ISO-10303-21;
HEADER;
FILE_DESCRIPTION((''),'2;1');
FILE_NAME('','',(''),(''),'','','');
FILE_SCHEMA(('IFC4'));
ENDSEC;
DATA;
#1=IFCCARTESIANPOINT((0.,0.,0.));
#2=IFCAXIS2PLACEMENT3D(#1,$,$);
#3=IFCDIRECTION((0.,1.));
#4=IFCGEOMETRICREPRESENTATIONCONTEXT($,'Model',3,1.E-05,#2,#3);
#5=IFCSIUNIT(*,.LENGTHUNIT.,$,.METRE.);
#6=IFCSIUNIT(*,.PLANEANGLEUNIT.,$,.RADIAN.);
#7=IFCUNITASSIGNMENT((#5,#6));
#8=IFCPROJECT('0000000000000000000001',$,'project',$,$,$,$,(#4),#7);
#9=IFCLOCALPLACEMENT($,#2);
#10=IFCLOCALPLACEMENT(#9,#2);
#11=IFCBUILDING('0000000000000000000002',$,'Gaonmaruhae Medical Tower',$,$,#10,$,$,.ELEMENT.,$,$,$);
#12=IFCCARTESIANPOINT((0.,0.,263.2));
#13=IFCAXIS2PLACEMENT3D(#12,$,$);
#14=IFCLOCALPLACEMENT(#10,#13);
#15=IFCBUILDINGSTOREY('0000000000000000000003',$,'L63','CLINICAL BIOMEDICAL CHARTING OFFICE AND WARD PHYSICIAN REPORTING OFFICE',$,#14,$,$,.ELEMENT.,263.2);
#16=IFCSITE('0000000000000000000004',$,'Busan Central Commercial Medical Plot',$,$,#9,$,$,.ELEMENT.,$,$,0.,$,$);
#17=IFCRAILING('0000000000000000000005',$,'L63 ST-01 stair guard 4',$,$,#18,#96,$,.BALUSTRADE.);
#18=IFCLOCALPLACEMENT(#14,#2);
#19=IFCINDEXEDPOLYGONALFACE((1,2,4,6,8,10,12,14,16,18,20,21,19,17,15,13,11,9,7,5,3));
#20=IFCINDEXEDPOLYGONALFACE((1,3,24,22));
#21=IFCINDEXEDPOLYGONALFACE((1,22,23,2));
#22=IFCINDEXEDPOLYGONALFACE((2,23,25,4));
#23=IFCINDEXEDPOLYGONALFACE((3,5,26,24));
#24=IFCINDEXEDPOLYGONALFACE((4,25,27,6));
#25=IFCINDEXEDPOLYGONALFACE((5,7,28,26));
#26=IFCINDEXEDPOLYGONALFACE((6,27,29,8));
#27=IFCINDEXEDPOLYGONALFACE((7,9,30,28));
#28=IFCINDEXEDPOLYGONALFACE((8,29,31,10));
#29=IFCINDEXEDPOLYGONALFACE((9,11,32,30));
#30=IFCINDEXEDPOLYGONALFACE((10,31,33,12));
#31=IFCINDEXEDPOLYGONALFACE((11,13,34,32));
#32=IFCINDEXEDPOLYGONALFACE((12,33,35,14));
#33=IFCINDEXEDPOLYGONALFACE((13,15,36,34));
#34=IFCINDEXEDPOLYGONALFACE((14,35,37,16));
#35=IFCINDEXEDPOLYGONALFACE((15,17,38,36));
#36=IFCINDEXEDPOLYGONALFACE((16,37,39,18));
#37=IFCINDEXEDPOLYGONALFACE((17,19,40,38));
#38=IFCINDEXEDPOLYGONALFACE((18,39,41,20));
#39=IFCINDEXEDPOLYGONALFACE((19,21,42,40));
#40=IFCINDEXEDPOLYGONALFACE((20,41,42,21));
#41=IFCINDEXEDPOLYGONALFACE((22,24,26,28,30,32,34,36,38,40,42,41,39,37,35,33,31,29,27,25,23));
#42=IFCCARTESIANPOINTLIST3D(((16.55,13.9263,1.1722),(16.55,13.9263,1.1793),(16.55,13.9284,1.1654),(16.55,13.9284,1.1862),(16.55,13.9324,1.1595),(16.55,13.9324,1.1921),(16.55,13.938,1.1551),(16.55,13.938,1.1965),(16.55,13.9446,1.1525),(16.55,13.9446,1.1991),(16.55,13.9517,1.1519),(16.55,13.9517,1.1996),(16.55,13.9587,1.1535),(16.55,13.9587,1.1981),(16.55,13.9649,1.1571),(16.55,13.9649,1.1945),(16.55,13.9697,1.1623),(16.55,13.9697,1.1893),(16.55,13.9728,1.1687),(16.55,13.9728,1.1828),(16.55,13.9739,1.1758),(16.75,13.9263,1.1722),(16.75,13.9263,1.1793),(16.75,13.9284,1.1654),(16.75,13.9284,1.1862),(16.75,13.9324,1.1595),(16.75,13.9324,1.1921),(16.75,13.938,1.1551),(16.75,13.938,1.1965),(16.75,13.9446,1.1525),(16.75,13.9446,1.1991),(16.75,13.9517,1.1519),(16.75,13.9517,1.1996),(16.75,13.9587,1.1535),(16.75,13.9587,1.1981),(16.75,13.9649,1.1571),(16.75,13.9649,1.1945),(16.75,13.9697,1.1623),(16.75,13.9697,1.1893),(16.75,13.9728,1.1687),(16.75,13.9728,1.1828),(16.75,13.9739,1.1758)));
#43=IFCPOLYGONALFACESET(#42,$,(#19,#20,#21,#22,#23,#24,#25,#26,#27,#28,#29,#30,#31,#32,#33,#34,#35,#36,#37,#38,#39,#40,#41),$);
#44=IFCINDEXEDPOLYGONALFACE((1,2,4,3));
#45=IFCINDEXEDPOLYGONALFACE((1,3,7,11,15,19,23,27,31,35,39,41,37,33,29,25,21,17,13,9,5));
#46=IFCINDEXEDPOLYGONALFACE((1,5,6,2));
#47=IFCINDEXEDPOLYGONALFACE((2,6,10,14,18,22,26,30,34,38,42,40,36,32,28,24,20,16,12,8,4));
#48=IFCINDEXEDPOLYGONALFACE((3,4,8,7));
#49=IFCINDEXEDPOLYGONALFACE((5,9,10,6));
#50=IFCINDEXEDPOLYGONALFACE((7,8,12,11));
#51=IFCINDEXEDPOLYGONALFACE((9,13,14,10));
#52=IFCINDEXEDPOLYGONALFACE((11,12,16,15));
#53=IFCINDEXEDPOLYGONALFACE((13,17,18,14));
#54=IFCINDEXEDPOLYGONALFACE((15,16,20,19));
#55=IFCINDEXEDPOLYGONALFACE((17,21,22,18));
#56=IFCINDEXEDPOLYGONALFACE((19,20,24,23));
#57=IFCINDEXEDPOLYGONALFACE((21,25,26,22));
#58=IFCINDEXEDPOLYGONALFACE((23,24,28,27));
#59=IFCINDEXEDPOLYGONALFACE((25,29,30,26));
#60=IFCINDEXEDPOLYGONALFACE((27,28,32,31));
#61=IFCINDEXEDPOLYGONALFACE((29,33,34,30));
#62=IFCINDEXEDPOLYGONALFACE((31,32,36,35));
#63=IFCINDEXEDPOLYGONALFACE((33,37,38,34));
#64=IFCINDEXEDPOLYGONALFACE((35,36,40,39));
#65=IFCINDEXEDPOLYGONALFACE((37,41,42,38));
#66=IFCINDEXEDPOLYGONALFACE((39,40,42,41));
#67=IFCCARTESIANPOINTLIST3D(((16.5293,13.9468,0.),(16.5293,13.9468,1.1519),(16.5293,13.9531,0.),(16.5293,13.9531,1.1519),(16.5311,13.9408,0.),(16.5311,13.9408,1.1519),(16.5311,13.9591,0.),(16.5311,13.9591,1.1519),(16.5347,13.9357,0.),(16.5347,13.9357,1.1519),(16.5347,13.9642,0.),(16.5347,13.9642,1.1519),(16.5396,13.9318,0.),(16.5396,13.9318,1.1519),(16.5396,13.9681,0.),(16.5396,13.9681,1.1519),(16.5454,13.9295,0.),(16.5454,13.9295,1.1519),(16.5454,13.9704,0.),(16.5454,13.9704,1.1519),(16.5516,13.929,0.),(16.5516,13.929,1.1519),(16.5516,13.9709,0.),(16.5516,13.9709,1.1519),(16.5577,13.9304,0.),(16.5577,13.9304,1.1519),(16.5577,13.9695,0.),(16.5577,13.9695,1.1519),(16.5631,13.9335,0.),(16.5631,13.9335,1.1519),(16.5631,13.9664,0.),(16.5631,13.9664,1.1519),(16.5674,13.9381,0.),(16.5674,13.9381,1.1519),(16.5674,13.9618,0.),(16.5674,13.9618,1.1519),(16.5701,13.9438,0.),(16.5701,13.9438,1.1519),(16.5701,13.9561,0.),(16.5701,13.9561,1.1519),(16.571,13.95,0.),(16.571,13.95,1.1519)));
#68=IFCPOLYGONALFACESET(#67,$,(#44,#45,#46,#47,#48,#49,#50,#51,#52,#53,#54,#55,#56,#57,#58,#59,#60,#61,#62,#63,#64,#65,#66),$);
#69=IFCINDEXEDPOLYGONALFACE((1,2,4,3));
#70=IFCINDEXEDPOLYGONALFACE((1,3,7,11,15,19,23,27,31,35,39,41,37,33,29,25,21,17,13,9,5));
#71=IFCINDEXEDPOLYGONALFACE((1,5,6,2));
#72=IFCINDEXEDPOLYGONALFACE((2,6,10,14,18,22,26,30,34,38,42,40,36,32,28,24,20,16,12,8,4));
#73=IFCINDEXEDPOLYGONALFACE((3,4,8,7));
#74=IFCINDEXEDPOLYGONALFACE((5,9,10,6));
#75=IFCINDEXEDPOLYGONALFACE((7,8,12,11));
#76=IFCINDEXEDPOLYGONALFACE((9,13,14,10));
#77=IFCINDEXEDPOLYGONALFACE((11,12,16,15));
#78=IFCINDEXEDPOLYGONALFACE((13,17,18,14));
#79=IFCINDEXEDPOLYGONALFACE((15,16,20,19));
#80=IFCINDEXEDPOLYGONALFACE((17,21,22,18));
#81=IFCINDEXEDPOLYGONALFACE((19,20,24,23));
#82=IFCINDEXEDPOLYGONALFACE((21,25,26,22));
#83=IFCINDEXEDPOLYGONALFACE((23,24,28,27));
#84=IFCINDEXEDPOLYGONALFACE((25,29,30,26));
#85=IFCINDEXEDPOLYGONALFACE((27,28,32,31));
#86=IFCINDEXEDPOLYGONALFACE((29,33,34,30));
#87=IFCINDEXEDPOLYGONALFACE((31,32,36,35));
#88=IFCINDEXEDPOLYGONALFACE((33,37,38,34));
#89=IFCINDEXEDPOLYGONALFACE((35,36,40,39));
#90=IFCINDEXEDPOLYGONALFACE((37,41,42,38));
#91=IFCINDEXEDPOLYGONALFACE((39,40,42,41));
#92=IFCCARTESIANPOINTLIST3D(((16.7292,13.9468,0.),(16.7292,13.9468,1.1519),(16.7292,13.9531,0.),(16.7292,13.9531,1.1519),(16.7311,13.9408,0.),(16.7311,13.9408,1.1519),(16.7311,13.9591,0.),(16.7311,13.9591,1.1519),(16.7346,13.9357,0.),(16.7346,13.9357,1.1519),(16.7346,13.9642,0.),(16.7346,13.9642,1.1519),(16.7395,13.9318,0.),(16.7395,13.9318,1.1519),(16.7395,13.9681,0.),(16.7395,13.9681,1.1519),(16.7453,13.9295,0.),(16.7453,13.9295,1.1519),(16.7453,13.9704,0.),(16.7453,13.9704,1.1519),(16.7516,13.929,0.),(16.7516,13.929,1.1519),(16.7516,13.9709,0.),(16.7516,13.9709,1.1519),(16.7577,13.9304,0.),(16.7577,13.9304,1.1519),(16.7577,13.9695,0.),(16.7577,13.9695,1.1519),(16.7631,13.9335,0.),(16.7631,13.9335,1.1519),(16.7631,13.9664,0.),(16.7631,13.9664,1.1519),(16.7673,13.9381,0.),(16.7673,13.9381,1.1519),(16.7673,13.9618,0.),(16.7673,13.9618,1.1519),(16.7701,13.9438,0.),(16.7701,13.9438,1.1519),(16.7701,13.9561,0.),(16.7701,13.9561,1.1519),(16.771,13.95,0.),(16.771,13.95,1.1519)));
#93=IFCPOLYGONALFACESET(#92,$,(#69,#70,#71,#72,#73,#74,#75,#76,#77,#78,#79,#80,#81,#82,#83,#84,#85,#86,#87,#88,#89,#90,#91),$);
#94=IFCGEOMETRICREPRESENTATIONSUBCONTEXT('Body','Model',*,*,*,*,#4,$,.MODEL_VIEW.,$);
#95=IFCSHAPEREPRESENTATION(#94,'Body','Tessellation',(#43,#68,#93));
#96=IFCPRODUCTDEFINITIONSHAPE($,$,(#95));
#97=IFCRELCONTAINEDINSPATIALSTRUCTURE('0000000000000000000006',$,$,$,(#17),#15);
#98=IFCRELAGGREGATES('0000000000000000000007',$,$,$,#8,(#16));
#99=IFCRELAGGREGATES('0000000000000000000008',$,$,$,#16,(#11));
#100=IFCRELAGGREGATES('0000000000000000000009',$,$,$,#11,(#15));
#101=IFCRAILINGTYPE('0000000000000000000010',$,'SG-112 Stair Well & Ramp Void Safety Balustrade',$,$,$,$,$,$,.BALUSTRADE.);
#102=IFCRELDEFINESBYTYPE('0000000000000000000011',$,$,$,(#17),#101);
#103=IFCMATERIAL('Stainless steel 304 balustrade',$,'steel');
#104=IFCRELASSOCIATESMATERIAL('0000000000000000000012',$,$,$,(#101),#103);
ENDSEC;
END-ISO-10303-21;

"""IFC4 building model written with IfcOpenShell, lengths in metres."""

from ifc_helpers import new_model, si_unit, direction, frame, origin, origin_2d, place, context, subcontext, project, spatial, circle, extrude, material, type_object, element, save


model = new_model("IFC4")

# Units and contexts
model_context = context("Model", 3, precision=1e-05, world=origin(), true_north=direction((0.0, 1.0)))
body_context = subcontext(model_context, "Body", "Model", "MODEL_VIEW")
ifc_project = project(units=[si_unit("LENGTHUNIT", "METRE"), si_unit("PLANEANGLEUNIT", "RADIAN")], contexts=[model_context])

# Site, building, storey
site_placement = place(None, origin())
site = spatial("IfcSite", under=ifc_project, at=site_placement, Name="Busan Central Commercial Medical Plot", CompositionType="ELEMENT", RefElevation=0.0)
building_placement = place(site_placement, origin())
building = spatial("IfcBuilding", under=site, at=building_placement, Name="Gaonmaruhae Medical Tower", CompositionType="ELEMENT")
storey_placement = place(building_placement, frame((0.0, 0.0, 263.2)))
storey = spatial("IfcBuildingStorey", under=building, at=storey_placement, Name="L63", Description="CLINICAL BIOMEDICAL CHARTING OFFICE AND WARD PHYSICIAN REPORTING OFFICE", CompositionType="ELEMENT", Elevation=263.2)

# Railing
ifc_material_1 = material(Name="Stainless steel 304 balustrade", Category="steel")
railing_type_1 = type_object("IfcRailingType", Name="SG-112 Stair Well & Ramp Void Safety Balustrade", PredefinedType="BALUSTRADE", material=ifc_material_1)
railing_1_placement = place(storey_placement, frame((16.55, 13.95, 0.0)))
element("IfcRailing", 1, at=railing_1_placement, inside=storey, type_object=railing_type_1, Name="L63 ST-01 stair guard 4", PredefinedType="BALUSTRADE", context=body_context, shape_type="SweptSolid", body=[
    extrude(circle(Radius=0.0239, at=origin_2d()), frame((0.0, 0.0, 1.1758), z_axis=(1.0, 0.0, 0.0), x_axis=(0.0, 1.0, 0.0)), (0.0, 0.0, 1.0), 0.2),
    extrude(circle(Radius=0.021, at=origin_2d()), origin(), (0.0, 0.0, 1.0), 1.1519),
    extrude(circle(Radius=0.021, at=origin_2d()), frame((0.2, 0.0, 0.0)), (0.0, 0.0, 1.0), 1.1519),
])

save(model, "model.ifc")
